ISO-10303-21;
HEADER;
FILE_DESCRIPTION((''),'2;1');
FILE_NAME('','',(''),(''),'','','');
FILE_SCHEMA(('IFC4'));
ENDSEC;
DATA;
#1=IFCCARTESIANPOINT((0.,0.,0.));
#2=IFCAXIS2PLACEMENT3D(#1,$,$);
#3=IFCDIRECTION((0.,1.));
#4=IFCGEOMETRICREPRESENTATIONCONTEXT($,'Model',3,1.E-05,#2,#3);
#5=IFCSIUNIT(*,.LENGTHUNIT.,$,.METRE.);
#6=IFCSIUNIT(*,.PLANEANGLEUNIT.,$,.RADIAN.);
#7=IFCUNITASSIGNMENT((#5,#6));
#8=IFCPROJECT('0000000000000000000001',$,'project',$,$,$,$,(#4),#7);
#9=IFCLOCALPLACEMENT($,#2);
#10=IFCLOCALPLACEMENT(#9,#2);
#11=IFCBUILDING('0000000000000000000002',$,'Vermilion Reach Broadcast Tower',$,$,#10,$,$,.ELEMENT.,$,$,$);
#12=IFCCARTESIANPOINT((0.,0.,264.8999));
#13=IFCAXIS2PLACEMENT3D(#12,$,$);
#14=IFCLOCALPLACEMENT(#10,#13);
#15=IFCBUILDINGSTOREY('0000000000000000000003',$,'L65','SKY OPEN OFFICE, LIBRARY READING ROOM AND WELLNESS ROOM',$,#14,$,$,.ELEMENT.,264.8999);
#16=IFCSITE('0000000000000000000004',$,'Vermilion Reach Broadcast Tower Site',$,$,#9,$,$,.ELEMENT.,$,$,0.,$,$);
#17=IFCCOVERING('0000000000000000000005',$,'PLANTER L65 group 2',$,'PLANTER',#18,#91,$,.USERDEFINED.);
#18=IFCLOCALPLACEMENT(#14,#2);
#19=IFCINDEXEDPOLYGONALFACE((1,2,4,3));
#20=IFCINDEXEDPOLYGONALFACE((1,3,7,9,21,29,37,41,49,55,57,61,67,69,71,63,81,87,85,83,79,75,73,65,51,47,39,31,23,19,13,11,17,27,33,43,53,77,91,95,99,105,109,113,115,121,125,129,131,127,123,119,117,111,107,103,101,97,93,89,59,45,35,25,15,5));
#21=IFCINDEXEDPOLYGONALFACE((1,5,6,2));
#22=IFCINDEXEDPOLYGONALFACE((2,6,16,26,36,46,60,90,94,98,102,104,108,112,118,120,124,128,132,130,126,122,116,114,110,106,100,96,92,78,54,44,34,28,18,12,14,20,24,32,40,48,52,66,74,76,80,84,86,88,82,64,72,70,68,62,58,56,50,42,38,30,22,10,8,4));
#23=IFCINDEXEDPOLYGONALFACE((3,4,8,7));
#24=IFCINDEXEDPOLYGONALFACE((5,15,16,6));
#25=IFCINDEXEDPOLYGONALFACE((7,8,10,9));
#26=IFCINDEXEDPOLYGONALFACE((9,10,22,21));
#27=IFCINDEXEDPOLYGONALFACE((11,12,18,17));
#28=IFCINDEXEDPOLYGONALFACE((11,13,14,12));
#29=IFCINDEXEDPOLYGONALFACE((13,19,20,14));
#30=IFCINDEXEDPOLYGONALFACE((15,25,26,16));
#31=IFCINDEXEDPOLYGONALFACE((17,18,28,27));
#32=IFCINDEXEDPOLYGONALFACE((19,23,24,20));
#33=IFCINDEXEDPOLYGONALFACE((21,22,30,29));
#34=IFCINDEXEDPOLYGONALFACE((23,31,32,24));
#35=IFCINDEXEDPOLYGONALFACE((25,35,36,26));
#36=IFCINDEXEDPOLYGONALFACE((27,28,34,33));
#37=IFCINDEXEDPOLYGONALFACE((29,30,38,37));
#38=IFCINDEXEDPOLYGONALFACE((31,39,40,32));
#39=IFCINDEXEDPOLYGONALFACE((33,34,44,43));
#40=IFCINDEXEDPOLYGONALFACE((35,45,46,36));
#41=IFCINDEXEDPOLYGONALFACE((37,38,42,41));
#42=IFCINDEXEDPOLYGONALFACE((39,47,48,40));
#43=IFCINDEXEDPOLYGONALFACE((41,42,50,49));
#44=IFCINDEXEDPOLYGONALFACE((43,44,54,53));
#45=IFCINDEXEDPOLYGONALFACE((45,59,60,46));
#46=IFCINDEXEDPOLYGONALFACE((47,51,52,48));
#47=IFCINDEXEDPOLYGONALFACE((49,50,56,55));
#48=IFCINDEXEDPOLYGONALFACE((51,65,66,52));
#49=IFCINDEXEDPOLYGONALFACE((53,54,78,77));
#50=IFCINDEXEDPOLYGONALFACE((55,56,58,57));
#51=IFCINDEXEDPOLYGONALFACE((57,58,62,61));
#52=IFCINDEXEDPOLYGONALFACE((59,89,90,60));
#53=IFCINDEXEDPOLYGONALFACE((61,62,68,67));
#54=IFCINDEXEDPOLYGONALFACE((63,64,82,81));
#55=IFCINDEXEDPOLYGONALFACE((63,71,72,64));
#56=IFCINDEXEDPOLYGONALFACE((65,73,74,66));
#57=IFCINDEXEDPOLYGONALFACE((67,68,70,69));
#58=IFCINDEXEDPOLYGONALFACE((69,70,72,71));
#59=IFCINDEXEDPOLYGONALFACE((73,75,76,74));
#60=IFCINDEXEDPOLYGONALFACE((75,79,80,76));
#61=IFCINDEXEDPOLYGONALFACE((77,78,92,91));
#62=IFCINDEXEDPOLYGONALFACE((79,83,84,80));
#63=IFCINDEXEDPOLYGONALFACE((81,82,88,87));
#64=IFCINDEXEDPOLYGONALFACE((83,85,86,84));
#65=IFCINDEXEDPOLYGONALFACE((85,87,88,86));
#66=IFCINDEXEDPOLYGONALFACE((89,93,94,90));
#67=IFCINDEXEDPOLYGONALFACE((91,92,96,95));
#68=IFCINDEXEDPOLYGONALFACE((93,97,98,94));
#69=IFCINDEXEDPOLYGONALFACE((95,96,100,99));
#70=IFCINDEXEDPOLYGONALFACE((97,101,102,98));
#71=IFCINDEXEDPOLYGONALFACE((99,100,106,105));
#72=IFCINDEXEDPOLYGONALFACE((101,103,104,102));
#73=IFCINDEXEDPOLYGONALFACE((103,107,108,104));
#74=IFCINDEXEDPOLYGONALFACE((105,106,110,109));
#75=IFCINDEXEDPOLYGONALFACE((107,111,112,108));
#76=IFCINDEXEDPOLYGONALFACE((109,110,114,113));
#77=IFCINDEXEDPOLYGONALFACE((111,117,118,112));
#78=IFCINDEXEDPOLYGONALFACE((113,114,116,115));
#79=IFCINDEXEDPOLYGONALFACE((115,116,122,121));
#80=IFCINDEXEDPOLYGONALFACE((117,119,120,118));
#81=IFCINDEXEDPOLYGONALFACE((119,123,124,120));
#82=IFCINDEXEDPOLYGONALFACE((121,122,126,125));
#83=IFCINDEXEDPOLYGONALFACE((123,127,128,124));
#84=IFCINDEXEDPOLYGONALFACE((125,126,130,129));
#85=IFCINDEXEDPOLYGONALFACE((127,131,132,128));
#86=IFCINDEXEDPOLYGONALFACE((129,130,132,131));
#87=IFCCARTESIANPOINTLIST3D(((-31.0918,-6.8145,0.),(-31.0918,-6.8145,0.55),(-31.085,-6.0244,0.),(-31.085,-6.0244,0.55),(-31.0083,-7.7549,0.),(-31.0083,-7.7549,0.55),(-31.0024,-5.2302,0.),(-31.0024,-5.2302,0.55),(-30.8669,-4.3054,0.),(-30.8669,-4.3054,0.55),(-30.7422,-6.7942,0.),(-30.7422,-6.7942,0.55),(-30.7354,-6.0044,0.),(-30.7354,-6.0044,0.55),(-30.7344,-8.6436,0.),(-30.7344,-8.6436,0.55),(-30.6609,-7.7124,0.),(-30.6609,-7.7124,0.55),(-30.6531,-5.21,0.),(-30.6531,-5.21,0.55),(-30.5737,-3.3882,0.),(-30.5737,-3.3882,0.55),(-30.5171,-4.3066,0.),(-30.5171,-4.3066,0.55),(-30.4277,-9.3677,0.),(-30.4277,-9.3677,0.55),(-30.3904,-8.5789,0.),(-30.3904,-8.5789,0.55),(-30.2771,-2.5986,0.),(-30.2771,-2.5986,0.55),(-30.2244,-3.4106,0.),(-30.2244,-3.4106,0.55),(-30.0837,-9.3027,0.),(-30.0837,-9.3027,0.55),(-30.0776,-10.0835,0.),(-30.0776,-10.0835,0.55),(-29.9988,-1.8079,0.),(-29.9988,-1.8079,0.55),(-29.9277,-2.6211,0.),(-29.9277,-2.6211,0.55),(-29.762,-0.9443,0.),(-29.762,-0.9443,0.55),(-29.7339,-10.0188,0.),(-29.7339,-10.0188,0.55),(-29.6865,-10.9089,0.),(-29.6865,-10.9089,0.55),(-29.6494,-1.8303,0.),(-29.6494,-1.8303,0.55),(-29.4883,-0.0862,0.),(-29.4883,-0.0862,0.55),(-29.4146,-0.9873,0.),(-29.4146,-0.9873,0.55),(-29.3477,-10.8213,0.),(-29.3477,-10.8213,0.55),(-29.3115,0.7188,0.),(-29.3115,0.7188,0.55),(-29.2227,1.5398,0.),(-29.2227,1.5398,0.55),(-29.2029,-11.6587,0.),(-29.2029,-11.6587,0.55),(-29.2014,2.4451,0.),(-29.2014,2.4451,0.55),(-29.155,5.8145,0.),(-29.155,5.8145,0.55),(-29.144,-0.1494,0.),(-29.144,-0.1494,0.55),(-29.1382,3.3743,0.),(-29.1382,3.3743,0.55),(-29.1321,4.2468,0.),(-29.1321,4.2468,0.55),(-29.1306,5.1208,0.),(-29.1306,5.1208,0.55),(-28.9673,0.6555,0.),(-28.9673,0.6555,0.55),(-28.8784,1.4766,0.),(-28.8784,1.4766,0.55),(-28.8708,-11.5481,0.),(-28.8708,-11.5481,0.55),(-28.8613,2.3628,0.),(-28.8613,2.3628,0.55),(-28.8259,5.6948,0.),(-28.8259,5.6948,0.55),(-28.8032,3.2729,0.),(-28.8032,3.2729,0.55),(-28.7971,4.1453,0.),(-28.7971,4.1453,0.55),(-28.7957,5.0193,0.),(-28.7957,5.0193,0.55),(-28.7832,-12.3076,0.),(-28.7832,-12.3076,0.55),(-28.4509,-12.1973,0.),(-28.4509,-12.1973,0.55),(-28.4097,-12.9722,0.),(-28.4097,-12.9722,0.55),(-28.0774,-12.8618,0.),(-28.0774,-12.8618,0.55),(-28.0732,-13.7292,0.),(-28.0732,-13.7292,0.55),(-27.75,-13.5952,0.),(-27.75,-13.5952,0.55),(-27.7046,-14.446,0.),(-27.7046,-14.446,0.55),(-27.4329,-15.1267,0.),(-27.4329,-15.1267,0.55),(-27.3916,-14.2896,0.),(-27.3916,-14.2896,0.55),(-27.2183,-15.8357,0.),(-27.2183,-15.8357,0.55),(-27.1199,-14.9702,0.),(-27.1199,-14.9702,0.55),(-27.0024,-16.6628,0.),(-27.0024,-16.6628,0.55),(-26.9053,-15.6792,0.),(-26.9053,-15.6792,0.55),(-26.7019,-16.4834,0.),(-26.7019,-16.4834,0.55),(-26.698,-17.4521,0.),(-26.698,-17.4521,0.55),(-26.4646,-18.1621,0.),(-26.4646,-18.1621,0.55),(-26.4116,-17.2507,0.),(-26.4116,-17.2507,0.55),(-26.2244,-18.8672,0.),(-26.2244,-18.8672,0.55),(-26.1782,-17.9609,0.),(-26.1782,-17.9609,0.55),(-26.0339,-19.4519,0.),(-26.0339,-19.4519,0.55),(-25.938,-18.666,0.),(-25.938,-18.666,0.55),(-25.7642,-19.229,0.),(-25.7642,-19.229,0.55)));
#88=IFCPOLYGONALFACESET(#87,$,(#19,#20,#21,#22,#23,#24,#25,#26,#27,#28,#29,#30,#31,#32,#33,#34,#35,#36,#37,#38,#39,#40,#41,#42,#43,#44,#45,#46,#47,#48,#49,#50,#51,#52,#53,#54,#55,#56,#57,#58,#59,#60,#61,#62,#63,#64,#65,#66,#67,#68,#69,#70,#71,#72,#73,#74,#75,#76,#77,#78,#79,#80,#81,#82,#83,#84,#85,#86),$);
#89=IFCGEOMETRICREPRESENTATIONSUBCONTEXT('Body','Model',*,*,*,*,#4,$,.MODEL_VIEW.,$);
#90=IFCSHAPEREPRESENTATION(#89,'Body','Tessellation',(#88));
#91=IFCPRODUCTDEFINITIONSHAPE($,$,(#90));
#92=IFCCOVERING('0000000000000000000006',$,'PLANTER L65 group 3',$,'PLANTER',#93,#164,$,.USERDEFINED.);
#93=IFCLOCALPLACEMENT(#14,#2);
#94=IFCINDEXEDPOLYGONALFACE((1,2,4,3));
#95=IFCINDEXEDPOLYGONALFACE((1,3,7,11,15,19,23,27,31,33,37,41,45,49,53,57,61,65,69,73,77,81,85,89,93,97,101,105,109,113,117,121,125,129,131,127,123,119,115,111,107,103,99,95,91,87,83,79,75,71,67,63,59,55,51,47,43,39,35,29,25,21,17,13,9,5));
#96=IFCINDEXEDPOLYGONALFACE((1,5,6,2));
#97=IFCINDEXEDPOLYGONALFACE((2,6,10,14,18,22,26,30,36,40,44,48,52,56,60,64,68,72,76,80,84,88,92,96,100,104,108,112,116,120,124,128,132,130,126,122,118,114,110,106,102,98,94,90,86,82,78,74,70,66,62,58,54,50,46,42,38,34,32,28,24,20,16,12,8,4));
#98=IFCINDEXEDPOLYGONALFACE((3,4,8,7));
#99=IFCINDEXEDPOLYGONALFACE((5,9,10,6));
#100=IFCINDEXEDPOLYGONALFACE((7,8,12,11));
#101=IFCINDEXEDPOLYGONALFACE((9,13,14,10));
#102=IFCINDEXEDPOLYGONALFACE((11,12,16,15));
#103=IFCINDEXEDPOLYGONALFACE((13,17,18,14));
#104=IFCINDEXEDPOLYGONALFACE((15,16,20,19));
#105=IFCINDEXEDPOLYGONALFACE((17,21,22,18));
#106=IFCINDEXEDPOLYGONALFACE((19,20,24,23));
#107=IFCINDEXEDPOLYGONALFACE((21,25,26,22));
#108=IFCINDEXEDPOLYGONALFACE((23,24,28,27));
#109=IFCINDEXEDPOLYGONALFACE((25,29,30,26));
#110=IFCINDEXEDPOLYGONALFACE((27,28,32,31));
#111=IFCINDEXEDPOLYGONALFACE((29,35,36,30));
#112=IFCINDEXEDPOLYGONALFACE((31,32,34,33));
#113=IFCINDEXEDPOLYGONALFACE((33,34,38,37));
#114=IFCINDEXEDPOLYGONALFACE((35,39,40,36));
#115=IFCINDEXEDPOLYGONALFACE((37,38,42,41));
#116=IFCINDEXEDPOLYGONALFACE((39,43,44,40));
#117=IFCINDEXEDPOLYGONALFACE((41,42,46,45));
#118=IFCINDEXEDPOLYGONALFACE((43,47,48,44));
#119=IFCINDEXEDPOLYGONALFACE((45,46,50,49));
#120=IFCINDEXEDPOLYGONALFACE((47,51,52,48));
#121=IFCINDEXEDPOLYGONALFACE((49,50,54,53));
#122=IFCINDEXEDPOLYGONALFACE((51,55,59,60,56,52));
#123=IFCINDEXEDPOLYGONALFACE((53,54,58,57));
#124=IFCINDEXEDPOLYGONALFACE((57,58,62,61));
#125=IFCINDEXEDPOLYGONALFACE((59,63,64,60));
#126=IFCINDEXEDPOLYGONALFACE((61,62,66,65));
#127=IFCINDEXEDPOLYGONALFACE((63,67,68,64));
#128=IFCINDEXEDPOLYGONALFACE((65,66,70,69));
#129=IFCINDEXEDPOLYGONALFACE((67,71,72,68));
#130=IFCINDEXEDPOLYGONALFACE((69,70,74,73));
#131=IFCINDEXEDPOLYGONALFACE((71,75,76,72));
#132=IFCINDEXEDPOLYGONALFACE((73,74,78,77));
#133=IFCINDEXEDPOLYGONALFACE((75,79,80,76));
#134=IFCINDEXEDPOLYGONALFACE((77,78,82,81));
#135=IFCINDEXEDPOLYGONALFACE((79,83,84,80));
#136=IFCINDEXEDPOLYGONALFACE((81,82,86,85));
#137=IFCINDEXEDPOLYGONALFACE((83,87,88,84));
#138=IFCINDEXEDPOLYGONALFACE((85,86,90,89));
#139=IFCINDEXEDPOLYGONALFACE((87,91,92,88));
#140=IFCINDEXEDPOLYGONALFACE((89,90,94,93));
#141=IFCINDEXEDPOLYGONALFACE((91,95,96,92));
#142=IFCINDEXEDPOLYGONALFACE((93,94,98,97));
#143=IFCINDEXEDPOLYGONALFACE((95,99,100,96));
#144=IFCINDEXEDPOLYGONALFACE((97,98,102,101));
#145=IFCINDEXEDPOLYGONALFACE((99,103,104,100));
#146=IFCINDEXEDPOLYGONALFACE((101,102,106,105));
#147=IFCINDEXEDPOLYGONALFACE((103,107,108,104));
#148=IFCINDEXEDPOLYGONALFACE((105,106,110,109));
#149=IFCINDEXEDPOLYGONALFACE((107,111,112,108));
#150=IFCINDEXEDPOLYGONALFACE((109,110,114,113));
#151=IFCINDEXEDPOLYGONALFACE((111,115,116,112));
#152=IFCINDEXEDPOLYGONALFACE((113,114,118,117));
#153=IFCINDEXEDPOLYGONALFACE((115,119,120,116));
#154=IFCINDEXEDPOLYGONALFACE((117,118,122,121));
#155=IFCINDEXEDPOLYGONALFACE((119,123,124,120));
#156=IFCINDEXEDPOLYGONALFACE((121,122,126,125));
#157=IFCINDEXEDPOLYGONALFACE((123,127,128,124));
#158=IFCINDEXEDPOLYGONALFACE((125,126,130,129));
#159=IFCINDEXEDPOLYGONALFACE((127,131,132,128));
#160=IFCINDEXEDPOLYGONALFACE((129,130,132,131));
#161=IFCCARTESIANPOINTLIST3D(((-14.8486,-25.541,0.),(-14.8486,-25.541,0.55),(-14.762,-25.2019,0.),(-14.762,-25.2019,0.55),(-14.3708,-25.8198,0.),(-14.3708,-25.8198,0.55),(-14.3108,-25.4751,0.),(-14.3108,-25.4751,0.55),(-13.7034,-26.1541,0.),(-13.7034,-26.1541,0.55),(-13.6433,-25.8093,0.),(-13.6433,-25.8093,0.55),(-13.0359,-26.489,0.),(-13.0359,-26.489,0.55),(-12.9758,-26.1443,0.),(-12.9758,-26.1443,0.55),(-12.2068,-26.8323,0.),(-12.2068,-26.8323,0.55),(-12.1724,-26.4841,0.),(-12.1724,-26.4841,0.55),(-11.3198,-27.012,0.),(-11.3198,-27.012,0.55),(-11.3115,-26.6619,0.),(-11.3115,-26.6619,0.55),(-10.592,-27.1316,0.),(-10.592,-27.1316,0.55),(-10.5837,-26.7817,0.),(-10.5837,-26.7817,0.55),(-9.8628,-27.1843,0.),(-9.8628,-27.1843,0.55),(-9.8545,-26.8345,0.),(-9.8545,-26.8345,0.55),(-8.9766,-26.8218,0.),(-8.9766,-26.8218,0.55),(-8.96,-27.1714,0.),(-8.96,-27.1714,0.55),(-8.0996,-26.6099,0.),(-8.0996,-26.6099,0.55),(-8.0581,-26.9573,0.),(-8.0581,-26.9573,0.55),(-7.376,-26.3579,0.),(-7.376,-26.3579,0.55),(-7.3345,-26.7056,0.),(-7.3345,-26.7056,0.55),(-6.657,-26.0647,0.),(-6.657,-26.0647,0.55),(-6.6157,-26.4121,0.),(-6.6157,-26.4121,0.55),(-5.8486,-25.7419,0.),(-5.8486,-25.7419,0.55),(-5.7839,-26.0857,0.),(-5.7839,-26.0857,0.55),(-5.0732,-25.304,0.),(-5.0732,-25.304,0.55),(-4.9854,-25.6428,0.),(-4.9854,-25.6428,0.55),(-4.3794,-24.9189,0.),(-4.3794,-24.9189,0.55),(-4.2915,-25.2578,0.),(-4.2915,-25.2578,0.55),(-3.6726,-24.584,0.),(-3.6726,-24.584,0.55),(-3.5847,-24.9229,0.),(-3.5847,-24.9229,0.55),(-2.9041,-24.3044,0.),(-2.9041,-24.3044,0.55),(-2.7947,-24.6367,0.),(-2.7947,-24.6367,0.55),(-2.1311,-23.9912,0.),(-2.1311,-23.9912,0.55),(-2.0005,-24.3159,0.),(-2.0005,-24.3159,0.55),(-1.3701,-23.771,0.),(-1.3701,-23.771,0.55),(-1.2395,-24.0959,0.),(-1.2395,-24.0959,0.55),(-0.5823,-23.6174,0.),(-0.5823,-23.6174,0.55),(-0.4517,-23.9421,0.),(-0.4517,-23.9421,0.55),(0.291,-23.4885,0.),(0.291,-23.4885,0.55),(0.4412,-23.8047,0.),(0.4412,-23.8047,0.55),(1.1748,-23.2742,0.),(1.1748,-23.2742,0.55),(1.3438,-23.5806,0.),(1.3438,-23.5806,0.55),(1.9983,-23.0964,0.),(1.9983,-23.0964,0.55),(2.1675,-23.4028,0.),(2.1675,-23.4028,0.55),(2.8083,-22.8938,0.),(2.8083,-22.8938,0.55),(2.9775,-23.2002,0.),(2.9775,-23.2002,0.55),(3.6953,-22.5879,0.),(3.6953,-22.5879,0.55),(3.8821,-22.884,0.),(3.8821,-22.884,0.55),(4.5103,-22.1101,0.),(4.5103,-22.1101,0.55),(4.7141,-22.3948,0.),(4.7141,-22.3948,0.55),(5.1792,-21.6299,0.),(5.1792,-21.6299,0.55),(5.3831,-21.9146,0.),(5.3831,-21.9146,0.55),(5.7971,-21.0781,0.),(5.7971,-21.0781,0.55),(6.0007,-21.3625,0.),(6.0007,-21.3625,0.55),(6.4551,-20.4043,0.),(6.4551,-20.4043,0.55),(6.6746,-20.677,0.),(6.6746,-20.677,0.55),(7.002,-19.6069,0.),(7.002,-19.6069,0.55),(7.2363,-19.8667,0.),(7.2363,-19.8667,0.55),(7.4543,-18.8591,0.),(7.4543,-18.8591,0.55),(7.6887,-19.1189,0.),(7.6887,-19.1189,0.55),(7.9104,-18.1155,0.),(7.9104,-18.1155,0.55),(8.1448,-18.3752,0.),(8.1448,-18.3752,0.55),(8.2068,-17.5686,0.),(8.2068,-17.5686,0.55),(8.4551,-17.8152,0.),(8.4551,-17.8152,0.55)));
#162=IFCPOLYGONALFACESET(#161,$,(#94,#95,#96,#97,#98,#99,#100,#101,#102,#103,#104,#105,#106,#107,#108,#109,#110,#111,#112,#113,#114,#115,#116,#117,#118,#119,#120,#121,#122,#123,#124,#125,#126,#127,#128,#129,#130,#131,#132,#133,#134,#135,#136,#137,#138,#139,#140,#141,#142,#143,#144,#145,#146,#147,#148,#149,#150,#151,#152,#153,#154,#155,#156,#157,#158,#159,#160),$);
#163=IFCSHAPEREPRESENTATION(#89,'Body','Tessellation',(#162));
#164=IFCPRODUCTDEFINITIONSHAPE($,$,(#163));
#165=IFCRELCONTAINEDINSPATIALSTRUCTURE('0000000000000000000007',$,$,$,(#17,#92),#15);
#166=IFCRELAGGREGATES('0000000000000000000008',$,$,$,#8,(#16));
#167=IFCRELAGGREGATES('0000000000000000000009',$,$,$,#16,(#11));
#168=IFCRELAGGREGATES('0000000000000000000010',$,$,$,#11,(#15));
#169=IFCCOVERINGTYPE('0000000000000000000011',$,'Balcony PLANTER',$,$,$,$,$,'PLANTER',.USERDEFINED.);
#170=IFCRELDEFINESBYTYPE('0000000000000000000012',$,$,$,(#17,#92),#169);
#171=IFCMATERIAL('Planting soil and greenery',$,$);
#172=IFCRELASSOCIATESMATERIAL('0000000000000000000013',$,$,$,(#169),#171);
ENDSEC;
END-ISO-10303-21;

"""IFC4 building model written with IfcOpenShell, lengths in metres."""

from ifc_helpers import new_model, si_unit, direction, frame, origin, place, context, subcontext, project, spatial, polyline, outline, extrude, material, type_object, element, save


model = new_model("IFC4")

# Units and contexts
model_context = context("Model", 3, precision=1e-05, world=origin(), true_north=direction((0.0, 1.0)))
body_context = subcontext(model_context, "Body", "Model", "MODEL_VIEW")
ifc_project = project(units=[si_unit("LENGTHUNIT", "METRE"), si_unit("PLANEANGLEUNIT", "RADIAN")], contexts=[model_context])

# Site, building, storey
site_placement = place(None, origin())
site = spatial("IfcSite", under=ifc_project, at=site_placement, Name="Vermilion Reach Broadcast Tower Site", CompositionType="ELEMENT", RefElevation=0.0)
building_placement = place(site_placement, origin())
building = spatial("IfcBuilding", under=site, at=building_placement, Name="Vermilion Reach Broadcast Tower", CompositionType="ELEMENT")
storey_placement = place(building_placement, frame((0.0, 0.0, 264.8999)))
storey = spatial("IfcBuildingStorey", under=building, at=storey_placement, Name="L65", Description="SKY OPEN OFFICE, LIBRARY READING ROOM AND WELLNESS ROOM", CompositionType="ELEMENT", Elevation=264.8999)

# Shared definitions
placement_1 = place(storey_placement, origin())

# Coverings
ifc_material_1 = material(Name="Planting soil and greenery")
covering_type = type_object("IfcCoveringType", Name="Balcony PLANTER", ElementType="PLANTER", PredefinedType="USERDEFINED", material=ifc_material_1)
element("IfcCovering", 1, at=placement_1, inside=storey, type_object=covering_type, Name="PLANTER L65 group 2", ObjectType="PLANTER", PredefinedType="USERDEFINED", context=body_context, shape_type="SweptSolid", body=[
    extrude(outline(polyline([(-29.155, 5.8145), (-29.1306, 5.1208), (-29.1321, 4.2468), (-29.1382, 3.3743), (-29.2014, 2.4451), (-29.2227, 1.5398), (-29.3115, 0.7188), (-29.4883, -0.0862), (-29.762, -0.9443), (-29.9988, -1.8079), (-30.2771, -2.5986), (-30.5737, -3.3882), (-30.8669, -4.3054), (-31.0024, -5.2302), (-31.085, -6.0244), (-31.0918, -6.8145), (-31.0083, -7.7549), (-30.7344, -8.6436), (-30.4277, -9.3677), (-30.0776, -10.0835), (-29.6865, -10.9089), (-29.2029, -11.6587), (-28.7832, -12.3076), (-28.4097, -12.9722), (-28.0732, -13.7292), (-27.7046, -14.446), (-27.4329, -15.1267), (-27.2183, -15.8357), (-27.0024, -16.6628), (-26.698, -17.4521), (-26.4646, -18.1621), (-26.2244, -18.8672), (-26.0339, -19.4519), (-25.7642, -19.229), (-25.938, -18.666), (-26.1782, -17.9609), (-26.4116, -17.2507), (-26.7019, -16.4834), (-26.9053, -15.6792), (-27.1199, -14.9702), (-27.3916, -14.2896), (-27.75, -13.5952), (-28.0774, -12.8618), (-28.4509, -12.1973), (-28.8708, -11.5481), (-29.3477, -10.8213), (-29.7339, -10.0188), (-30.0837, -9.3027), (-30.3904, -8.5789), (-30.6609, -7.7124), (-30.7422, -6.7942), (-30.7354, -6.0044), (-30.6531, -5.21), (-30.5171, -4.3066), (-30.2244, -3.4106), (-29.9277, -2.6211), (-29.6494, -1.8303), (-29.4146, -0.9873), (-29.144, -0.1494), (-28.9673, 0.6555), (-28.8784, 1.4766), (-28.8613, 2.3628), (-28.8032, 3.2729), (-28.7971, 4.1453), (-28.7957, 5.0193), (-28.8259, 5.6948), (-29.155, 5.8145)])), origin(), (0.0, 0.0, 1.0), 0.55),
])
element("IfcCovering", 2, at=placement_1, inside=storey, type_object=covering_type, Name="PLANTER L65 group 3", ObjectType="PLANTER", PredefinedType="USERDEFINED", context=body_context, shape_type="SweptSolid", body=[
    extrude(outline(polyline([(-14.8486, -25.541), (-14.3708, -25.8198), (-13.7034, -26.1541), (-13.0359, -26.489), (-12.2068, -26.8323), (-11.3198, -27.012), (-10.592, -27.1316), (-9.8628, -27.1843), (-8.96, -27.1714), (-8.0581, -26.9573), (-7.3345, -26.7056), (-6.6157, -26.4121), (-5.7839, -26.0857), (-4.9854, -25.6428), (-4.2915, -25.2578), (-3.5847, -24.9229), (-2.7947, -24.6367), (-2.0005, -24.3159), (-1.2395, -24.0959), (-0.4517, -23.9421), (0.4412, -23.8047), (1.3438, -23.5806), (2.1675, -23.4028), (2.9775, -23.2002), (3.8821, -22.884), (4.7141, -22.3948), (5.3831, -21.9146), (6.0007, -21.3625), (6.6746, -20.677), (7.2363, -19.8667), (7.6887, -19.1189), (8.1448, -18.3752), (8.4551, -17.8152), (8.2068, -17.5686), (7.9104, -18.1155), (7.4543, -18.8591), (7.002, -19.6069), (6.4551, -20.4043), (5.7971, -21.0781), (5.1792, -21.6299), (4.5103, -22.1101), (3.6953, -22.5879), (2.8083, -22.8938), (1.9983, -23.0964), (1.1748, -23.2742), (0.291, -23.4885), (-0.5823, -23.6174), (-1.3701, -23.771), (-2.1311, -23.9912), (-2.9041, -24.3044), (-3.6726, -24.584), (-4.3794, -24.9189), (-5.0732, -25.304), (-5.8486, -25.7419), (-6.657, -26.0647), (-7.376, -26.3579), (-8.0996, -26.6099), (-8.9766, -26.8218), (-9.8545, -26.8345), (-10.5837, -26.7817), (-11.3115, -26.6619), (-12.1724, -26.4841), (-12.9758, -26.1443), (-13.6433, -25.8093), (-14.3108, -25.4751), (-14.762, -25.2019), (-14.8486, -25.541)])), origin(), (0.0, 0.0, 1.0), 0.55),
])

save(model, "model.ifc")
